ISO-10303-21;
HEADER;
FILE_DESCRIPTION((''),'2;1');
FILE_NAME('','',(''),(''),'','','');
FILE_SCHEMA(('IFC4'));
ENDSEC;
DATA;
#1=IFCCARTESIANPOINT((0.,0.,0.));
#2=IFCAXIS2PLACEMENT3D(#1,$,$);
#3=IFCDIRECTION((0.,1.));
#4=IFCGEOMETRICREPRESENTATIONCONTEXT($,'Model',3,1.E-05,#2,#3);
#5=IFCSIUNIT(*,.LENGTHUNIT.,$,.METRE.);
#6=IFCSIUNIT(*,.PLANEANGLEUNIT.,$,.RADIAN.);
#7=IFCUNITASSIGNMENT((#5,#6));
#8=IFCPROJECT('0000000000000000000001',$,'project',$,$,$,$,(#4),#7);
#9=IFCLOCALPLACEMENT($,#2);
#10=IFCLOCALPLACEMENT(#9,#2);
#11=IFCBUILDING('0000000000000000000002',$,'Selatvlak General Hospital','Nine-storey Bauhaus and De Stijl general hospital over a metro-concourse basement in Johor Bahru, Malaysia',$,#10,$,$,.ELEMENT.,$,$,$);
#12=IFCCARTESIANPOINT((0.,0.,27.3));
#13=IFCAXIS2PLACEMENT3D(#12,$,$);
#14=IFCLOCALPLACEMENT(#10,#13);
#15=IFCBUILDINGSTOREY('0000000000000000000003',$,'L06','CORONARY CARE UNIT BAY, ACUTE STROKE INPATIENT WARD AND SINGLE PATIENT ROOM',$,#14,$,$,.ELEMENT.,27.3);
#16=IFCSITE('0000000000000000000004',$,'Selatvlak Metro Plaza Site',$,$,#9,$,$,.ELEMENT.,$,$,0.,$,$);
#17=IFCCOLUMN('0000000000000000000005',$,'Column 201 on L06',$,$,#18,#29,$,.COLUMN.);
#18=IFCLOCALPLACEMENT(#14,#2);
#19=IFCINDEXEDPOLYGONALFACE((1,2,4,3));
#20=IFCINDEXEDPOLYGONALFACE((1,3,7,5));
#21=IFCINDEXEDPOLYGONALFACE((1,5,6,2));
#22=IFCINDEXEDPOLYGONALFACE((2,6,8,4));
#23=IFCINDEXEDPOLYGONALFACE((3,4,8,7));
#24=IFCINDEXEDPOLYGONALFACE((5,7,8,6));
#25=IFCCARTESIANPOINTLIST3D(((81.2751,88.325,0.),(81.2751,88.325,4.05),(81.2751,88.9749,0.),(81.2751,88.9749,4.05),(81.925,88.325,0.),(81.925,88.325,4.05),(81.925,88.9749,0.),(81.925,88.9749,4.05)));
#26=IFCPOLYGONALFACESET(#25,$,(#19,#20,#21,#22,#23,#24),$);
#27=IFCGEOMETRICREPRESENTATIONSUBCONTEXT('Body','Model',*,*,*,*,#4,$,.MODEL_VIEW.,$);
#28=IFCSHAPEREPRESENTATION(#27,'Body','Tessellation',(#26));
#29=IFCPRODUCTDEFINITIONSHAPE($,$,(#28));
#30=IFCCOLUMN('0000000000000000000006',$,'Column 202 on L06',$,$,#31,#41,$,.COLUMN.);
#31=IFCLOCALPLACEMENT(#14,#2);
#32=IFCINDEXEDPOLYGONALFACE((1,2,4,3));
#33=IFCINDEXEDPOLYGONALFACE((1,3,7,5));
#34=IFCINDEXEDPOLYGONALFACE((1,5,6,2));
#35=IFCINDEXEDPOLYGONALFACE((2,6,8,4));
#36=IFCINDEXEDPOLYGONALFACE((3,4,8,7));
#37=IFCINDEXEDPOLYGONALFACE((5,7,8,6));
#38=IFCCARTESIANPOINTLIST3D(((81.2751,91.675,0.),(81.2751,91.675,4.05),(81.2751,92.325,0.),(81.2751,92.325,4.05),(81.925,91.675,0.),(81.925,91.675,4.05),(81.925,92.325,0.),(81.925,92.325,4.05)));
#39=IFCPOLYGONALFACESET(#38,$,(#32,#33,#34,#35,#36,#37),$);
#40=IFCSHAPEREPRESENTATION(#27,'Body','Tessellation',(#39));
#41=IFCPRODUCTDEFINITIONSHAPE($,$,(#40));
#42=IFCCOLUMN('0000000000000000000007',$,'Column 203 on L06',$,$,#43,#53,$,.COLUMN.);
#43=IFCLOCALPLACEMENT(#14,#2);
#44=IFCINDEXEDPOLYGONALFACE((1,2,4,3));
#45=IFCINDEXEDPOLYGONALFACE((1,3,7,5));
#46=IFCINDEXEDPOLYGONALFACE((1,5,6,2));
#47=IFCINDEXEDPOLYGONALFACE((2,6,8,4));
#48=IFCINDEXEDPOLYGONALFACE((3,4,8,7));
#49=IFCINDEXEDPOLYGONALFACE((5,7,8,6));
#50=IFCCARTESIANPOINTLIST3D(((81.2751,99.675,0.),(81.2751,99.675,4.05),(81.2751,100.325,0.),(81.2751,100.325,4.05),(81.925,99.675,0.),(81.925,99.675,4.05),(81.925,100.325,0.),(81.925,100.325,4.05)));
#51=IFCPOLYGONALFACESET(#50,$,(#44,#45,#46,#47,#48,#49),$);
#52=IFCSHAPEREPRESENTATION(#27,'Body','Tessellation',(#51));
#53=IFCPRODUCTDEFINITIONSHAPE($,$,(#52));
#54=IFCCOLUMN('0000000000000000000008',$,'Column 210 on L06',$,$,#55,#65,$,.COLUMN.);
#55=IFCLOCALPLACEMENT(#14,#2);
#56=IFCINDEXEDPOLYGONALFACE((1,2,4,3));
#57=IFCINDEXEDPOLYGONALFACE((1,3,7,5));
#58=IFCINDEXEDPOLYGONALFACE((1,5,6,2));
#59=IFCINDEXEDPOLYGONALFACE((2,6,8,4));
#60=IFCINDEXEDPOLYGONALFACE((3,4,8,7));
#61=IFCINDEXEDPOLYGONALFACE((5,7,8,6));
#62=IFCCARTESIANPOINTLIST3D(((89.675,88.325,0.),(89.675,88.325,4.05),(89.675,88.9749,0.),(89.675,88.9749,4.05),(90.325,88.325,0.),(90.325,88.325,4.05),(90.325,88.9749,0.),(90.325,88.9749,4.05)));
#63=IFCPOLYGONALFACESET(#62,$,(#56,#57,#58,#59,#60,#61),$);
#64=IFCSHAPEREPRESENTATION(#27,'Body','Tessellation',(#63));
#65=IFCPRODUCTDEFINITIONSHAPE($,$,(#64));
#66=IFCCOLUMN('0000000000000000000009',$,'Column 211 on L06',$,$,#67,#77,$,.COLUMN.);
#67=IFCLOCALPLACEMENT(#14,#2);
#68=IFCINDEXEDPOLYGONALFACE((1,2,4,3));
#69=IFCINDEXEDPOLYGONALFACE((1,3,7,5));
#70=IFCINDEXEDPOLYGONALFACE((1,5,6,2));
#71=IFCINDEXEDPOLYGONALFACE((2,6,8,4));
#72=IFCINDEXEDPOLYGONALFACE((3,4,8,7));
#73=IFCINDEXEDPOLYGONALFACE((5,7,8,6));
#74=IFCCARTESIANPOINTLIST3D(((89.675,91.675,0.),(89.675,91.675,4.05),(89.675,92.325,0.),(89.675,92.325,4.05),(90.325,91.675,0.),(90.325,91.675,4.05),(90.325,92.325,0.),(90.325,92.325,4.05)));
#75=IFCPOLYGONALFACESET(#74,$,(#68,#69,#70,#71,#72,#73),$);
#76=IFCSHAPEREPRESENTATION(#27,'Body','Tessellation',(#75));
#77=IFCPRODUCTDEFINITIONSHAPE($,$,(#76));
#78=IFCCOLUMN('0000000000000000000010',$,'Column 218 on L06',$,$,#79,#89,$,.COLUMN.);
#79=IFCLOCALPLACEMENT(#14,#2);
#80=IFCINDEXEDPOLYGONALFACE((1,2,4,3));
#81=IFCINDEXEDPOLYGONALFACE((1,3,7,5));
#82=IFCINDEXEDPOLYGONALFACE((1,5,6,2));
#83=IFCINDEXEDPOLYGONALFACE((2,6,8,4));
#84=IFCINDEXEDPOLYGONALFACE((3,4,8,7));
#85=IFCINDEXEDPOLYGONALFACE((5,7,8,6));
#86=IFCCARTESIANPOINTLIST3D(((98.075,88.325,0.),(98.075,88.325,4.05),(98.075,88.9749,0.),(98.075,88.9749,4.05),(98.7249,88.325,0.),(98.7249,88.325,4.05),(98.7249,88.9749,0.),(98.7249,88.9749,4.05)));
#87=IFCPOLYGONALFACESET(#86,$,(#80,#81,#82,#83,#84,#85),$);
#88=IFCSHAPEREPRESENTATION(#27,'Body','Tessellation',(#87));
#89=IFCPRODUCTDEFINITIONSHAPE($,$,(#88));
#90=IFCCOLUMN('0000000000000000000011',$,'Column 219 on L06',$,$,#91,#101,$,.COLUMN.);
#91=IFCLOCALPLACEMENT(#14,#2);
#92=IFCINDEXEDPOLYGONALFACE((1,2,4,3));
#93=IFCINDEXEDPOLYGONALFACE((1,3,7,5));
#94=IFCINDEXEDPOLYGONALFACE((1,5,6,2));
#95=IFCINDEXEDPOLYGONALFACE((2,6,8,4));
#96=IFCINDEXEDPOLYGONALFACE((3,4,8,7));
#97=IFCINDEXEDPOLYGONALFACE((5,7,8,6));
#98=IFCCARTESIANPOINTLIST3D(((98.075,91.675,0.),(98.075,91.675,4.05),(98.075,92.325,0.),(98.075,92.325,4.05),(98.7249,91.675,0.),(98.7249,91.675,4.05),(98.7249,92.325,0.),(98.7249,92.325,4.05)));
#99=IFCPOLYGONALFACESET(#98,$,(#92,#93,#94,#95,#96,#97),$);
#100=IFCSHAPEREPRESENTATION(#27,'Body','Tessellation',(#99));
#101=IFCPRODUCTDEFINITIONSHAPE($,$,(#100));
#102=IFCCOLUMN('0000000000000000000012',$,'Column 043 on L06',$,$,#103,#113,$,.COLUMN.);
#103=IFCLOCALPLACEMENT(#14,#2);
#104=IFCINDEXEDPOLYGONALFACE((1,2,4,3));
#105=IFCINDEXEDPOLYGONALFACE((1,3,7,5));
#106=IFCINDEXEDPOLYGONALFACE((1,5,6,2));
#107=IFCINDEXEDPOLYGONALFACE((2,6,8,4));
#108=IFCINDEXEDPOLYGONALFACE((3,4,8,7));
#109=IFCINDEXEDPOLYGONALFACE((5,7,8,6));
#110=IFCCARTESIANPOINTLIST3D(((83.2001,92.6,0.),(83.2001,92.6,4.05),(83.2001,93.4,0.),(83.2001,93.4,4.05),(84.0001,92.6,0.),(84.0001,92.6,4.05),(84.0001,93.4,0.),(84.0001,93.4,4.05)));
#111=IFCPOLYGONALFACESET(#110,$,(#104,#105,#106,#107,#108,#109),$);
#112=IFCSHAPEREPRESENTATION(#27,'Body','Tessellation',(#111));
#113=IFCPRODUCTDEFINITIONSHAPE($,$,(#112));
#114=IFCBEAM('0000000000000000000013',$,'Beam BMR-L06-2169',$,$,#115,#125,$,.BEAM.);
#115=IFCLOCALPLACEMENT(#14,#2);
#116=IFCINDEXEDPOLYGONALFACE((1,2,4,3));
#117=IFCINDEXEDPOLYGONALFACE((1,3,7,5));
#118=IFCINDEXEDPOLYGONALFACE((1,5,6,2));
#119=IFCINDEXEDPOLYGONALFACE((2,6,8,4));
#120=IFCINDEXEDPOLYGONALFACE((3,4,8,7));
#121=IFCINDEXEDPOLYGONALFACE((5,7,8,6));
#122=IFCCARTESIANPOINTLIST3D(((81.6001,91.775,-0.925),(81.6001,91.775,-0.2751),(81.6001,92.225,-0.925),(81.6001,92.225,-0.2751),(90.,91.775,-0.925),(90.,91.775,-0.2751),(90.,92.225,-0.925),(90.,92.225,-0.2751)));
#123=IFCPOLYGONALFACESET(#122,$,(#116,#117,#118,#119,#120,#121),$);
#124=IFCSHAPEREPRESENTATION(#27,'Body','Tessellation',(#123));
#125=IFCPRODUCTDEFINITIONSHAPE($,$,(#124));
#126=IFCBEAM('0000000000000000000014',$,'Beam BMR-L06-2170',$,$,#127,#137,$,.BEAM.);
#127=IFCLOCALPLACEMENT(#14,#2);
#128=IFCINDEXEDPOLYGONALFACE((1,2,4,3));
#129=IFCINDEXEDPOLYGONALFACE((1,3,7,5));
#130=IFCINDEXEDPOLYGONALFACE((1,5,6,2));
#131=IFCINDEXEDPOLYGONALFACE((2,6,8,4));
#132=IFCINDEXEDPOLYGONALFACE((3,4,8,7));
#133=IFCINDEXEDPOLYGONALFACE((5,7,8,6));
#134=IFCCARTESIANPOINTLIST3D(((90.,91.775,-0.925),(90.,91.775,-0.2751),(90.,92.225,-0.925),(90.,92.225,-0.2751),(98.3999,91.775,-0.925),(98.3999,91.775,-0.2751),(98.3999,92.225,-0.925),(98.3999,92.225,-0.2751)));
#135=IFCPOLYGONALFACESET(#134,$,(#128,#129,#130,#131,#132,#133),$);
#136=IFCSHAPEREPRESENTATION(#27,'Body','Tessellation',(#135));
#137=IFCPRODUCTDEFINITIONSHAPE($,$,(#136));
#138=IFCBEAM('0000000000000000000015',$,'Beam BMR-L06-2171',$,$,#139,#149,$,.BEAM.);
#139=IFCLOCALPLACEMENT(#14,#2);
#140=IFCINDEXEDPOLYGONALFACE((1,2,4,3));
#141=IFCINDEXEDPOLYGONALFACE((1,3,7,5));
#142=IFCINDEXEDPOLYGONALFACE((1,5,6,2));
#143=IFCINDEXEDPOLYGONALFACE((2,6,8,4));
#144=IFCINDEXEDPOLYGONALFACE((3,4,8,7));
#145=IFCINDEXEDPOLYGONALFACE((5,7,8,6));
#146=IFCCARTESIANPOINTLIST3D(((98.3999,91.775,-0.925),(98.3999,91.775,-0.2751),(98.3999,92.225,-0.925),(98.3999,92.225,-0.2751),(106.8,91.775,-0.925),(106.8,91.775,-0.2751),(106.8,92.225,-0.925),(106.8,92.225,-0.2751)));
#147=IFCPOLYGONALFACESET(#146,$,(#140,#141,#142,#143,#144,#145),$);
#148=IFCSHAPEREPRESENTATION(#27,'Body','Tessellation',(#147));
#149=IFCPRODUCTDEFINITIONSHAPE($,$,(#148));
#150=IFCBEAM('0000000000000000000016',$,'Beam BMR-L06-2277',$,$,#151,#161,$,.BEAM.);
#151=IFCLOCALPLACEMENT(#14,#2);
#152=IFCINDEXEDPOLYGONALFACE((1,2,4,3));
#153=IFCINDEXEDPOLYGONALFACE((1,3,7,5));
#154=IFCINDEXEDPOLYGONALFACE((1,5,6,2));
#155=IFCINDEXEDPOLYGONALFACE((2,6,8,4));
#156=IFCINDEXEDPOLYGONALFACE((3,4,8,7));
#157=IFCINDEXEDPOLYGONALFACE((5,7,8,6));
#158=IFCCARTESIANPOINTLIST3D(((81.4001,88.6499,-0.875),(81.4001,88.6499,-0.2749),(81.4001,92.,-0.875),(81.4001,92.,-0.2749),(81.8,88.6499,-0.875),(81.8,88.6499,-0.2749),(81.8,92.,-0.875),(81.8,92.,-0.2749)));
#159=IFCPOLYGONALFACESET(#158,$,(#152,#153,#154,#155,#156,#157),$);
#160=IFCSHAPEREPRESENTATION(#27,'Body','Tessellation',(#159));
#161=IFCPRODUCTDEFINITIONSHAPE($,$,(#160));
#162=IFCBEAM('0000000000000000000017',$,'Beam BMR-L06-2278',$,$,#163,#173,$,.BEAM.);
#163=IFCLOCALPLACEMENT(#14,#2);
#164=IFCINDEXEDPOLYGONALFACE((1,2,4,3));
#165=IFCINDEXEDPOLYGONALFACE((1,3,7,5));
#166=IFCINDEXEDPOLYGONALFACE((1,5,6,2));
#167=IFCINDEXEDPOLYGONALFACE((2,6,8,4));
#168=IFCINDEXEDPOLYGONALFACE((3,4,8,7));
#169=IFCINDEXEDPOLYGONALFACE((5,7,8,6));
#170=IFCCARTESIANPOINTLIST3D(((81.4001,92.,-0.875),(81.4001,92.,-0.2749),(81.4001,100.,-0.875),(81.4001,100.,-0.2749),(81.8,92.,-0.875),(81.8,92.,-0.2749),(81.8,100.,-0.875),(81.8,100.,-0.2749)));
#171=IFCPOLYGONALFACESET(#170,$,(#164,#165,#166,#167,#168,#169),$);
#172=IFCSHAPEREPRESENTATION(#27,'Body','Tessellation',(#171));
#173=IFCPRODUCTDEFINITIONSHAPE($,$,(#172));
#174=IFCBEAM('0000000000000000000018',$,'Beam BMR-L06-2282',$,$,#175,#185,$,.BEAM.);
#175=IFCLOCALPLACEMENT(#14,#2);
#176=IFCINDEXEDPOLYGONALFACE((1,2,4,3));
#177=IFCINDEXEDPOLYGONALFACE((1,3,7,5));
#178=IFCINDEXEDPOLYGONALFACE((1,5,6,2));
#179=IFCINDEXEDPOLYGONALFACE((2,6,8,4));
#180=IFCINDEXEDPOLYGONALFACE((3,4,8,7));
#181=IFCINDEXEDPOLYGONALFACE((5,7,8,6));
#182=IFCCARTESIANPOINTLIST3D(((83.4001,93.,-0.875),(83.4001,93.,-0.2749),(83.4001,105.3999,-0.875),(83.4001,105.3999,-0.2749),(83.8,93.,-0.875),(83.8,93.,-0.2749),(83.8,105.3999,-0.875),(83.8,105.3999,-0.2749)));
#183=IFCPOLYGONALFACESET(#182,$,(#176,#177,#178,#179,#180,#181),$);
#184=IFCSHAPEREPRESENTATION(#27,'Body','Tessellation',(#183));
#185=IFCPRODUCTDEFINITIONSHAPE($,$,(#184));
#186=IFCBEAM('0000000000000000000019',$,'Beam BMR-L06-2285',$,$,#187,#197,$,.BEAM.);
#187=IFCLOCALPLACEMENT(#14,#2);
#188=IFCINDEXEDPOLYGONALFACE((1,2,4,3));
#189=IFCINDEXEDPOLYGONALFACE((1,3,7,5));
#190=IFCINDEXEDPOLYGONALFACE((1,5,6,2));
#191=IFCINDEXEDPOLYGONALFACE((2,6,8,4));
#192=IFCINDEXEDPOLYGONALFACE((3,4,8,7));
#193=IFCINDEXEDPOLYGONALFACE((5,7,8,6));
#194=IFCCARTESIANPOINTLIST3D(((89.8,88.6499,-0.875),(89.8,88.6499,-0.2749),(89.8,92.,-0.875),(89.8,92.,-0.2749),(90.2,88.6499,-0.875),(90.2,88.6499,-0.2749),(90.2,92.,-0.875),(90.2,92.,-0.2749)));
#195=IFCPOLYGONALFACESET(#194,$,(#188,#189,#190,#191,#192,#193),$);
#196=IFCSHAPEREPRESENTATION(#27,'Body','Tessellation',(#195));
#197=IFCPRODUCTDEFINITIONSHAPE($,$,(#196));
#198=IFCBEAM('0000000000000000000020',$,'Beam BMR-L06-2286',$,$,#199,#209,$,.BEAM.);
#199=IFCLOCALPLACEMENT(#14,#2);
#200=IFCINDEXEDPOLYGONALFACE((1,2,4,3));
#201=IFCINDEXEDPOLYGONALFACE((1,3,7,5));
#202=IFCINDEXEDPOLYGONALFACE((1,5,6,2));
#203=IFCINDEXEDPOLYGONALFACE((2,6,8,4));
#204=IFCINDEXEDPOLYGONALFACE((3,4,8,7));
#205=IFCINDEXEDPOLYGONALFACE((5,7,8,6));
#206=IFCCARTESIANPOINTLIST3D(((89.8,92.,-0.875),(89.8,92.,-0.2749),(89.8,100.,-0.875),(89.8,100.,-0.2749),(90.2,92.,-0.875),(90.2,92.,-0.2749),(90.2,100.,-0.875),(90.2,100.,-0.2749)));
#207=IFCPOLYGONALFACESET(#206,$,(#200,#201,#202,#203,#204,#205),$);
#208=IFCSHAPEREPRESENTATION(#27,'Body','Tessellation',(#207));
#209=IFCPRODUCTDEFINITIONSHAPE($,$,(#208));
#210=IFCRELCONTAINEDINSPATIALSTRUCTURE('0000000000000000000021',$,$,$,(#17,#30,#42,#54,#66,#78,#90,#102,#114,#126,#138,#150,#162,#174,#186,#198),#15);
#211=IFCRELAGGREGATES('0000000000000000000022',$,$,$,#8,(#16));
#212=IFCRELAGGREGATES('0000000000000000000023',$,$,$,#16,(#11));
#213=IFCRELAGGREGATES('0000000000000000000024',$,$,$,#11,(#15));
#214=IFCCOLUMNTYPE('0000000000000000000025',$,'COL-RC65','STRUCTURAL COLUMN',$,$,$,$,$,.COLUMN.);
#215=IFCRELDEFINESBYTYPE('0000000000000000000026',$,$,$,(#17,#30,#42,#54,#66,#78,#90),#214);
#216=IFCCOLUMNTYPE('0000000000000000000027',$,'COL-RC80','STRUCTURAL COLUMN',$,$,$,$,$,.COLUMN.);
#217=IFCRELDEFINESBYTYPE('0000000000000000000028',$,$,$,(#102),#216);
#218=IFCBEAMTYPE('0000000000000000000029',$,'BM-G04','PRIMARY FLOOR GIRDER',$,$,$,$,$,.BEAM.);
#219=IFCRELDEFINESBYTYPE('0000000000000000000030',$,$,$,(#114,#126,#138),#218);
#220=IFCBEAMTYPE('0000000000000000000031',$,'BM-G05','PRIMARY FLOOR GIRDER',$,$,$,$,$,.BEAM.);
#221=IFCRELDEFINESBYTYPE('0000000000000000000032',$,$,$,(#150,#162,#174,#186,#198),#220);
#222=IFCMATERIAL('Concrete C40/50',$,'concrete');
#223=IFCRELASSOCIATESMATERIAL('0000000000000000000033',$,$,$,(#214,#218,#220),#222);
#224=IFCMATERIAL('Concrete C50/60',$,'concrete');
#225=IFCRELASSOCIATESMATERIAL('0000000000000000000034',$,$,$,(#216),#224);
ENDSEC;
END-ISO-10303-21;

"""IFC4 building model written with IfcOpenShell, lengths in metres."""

from ifc_helpers import new_model, si_unit, direction, frame, origin, origin_2d, place, context, subcontext, project, spatial, rectangle, extrude, material, material_profile, profile_set, type_object, element, save


model = new_model("IFC4")

# Units and contexts
model_context = context("Model", 3, precision=1e-05, world=origin(), true_north=direction((0.0, 1.0)))
body_context = subcontext(model_context, "Body", "Model", "MODEL_VIEW")
ifc_project = project(units=[si_unit("LENGTHUNIT", "METRE"), si_unit("PLANEANGLEUNIT", "RADIAN")], contexts=[model_context])

# Site, building, storey
site_placement = place(None, origin())
site = spatial("IfcSite", under=ifc_project, at=site_placement, Name="Selatvlak Metro Plaza Site", CompositionType="ELEMENT", RefElevation=0.0)
building_placement = place(site_placement, origin())
building = spatial("IfcBuilding", under=site, at=building_placement, Name="Selatvlak General Hospital", Description="Nine-storey Bauhaus and De Stijl general hospital over a metro-concourse basement in Johor Bahru, Malaysia", CompositionType="ELEMENT")
storey_placement = place(building_placement, frame((0.0, 0.0, 27.3)))
storey = spatial("IfcBuildingStorey", under=building, at=storey_placement, Name="L06", Description="CORONARY CARE UNIT BAY, ACUTE STROKE INPATIENT WARD AND SINGLE PATIENT ROOM", CompositionType="ELEMENT", Elevation=27.3)

# Columns
ifc_material_1 = material(Name="Concrete C40/50", Category="concrete")
ifc_material_profile_1 = material_profile(ifc_material_1, rectangle(XDim=0.6499, YDim=0.6499, at=origin_2d()), Name="RC-COL 650x650")
ifc_profile_set_1 = profile_set([ifc_material_profile_1], Name="Concrete C40/50")
column_type_1 = type_object("IfcColumnType", Name="COL-RC65", Description="STRUCTURAL COLUMN", PredefinedType="COLUMN", material=ifc_profile_set_1)
for number, where, z_axis, x_axis, name in (
    (1, (81.6001, 88.6499, 0.0), (0.0, 0.0, 1.0), (1.0, 0.0, 0.0), "Column 201 on L06"),
    (2, (81.6001, 92.0, 0.0), (0.0, 0.0, 1.0), (1.0, 0.0, 0.0), "Column 202 on L06"),
    (3, (81.6001, 100.0, 0.0), (0.0, 0.0, 1.0), (1.0, 0.0, 0.0), "Column 203 on L06"),
    (4, (90.0, 88.6499, 0.0), (0.0, 0.0, 1.0), (1.0, 0.0, 0.0), "Column 210 on L06"),
    (5, (90.0, 92.0, 0.0), (0.0, 0.0, 1.0), (1.0, 0.0, 0.0), "Column 211 on L06"),
    (6, (98.3999, 88.6499, 0.0), (0.0, 0.0, 1.0), (1.0, 0.0, 0.0), "Column 218 on L06"),
    (7, (98.3999, 92.0, 0.0), (0.0, 0.0, 1.0), (1.0, 0.0, 0.0), "Column 219 on L06"),
):
    element("IfcColumn", number, at=place(storey_placement, frame(where, z_axis=z_axis, x_axis=x_axis)), inside=storey, type_object=column_type_1, Name=name, PredefinedType="COLUMN", context=body_context, shape_type="SweptSolid", body=[
        extrude(rectangle(XDim=0.6499, YDim=0.6499, at=origin_2d()), origin(), (0.0, 0.0, 1.0), 4.05),
    ])
ifc_material_2 = material(Name="Concrete C50/60", Category="concrete")
ifc_material_profile_2 = material_profile(ifc_material_2, rectangle(XDim=0.8, YDim=0.8, at=origin_2d()), Name="RC-COL 800x800")
ifc_profile_set_2 = profile_set([ifc_material_profile_2], Name="Concrete C50/60")
column_type_2 = type_object("IfcColumnType", Name="COL-RC80", Description="STRUCTURAL COLUMN", PredefinedType="COLUMN", material=ifc_profile_set_2)
column_placement = place(storey_placement, frame((83.6001, 93.0, 0.0), z_axis=(0.0, 0.0, 1.0), x_axis=(1.0, 0.0, 0.0)))
element("IfcColumn", 8, at=column_placement, inside=storey, type_object=column_type_2, Name="Column 043 on L06", PredefinedType="COLUMN", context=body_context, shape_type="SweptSolid", body=[
    extrude(rectangle(XDim=0.8, YDim=0.8, at=origin_2d()), origin(), (0.0, 0.0, 1.0), 4.05),
])

# Beams
ifc_material_profile_3 = material_profile(ifc_material_1, rectangle(XDim=0.45, YDim=0.6499, at=origin_2d()), Name="RC-BM 450x650")
ifc_profile_set_3 = profile_set([ifc_material_profile_3], Name="Concrete C40/50")
beam_type_1 = type_object("IfcBeamType", Name="BM-G04", Description="PRIMARY FLOOR GIRDER", PredefinedType="BEAM", material=ifc_profile_set_3)
for number, where, z_axis, x_axis, name in (
    (9, (81.6001, 92.0, -0.6001), (1.0, 0.0, 0.0), (0.0, 1.0, 0.0), "Beam BMR-L06-2169"),
    (10, (90.0, 92.0, -0.6001), (1.0, 0.0, 0.0), (0.0, 1.0, 0.0), "Beam BMR-L06-2170"),
):
    element("IfcBeam", number, at=place(storey_placement, frame(where, z_axis=z_axis, x_axis=x_axis)), inside=storey, type_object=beam_type_1, Name=name, PredefinedType="BEAM", context=body_context, shape_type="SweptSolid", body=[
        extrude(rectangle(XDim=0.45, YDim=0.6499, at=origin_2d()), origin(), (0.0, 0.0, 1.0), 8.3999),
    ])
beam_1_placement = place(storey_placement, frame((98.3999, 92.0, -0.6001), z_axis=(1.0, 0.0, 0.0), x_axis=(0.0, 1.0, 0.0)))
element("IfcBeam", 11, at=beam_1_placement, inside=storey, type_object=beam_type_1, Name="Beam BMR-L06-2171", PredefinedType="BEAM", context=body_context, shape_type="SweptSolid", body=[
    extrude(rectangle(XDim=0.45, YDim=0.6499, at=origin_2d()), origin(), (0.0, 0.0, 1.0), 8.4001),
])
ifc_material_profile_4 = material_profile(ifc_material_1, rectangle(XDim=0.3999, YDim=0.6001, at=origin_2d()), Name="RC-BM 400x600")
ifc_profile_set_4 = profile_set([ifc_material_profile_4], Name="Concrete C40/50")
beam_type_2 = type_object("IfcBeamType", Name="BM-G05", Description="PRIMARY FLOOR GIRDER", PredefinedType="BEAM", material=ifc_profile_set_4)
beam_2_placement = place(storey_placement, frame((81.6001, 88.6499, -0.575), z_axis=(0.0, 1.0, 0.0), x_axis=(-1.0, 0.0, 0.0)))
element("IfcBeam", 12, at=beam_2_placement, inside=storey, type_object=beam_type_2, Name="Beam BMR-L06-2277", PredefinedType="BEAM", context=body_context, shape_type="SweptSolid", body=[
    extrude(rectangle(XDim=0.3999, YDim=0.6001, at=origin_2d()), origin(), (0.0, 0.0, 1.0), 3.3501),
])
beam_3_placement = place(storey_placement, frame((81.6001, 92.0, -0.575), z_axis=(0.0, 1.0, 0.0), x_axis=(-1.0, 0.0, 0.0)))
element("IfcBeam", 13, at=beam_3_placement, inside=storey, type_object=beam_type_2, Name="Beam BMR-L06-2278", PredefinedType="BEAM", context=body_context, shape_type="SweptSolid", body=[
    extrude(rectangle(XDim=0.3999, YDim=0.6001, at=origin_2d()), origin(), (0.0, 0.0, 1.0), 8.0),
])
beam_4_placement = place(storey_placement, frame((83.6001, 93.0, -0.575), z_axis=(0.0, 1.0, 0.0), x_axis=(-1.0, 0.0, 0.0)))
element("IfcBeam", 14, at=beam_4_placement, inside=storey, type_object=beam_type_2, Name="Beam BMR-L06-2282", PredefinedType="BEAM", context=body_context, shape_type="SweptSolid", body=[
    extrude(rectangle(XDim=0.3999, YDim=0.6001, at=origin_2d()), origin(), (0.0, 0.0, 1.0), 12.3999),
])
beam_5_placement = place(storey_placement, frame((90.0, 88.6499, -0.575), z_axis=(0.0, 1.0, 0.0), x_axis=(-1.0, 0.0, 0.0)))
element("IfcBeam", 15, at=beam_5_placement, inside=storey, type_object=beam_type_2, Name="Beam BMR-L06-2285", PredefinedType="BEAM", context=body_context, shape_type="SweptSolid", body=[
    extrude(rectangle(XDim=0.3999, YDim=0.6001, at=origin_2d()), origin(), (0.0, 0.0, 1.0), 3.3501),
])
beam_6_placement = place(storey_placement, frame((90.0, 92.0, -0.575), z_axis=(0.0, 1.0, 0.0), x_axis=(-1.0, 0.0, 0.0)))
element("IfcBeam", 16, at=beam_6_placement, inside=storey, type_object=beam_type_2, Name="Beam BMR-L06-2286", PredefinedType="BEAM", context=body_context, shape_type="SweptSolid", body=[
    extrude(rectangle(XDim=0.3999, YDim=0.6001, at=origin_2d()), origin(), (0.0, 0.0, 1.0), 8.0),
])

save(model, "model.ifc")
